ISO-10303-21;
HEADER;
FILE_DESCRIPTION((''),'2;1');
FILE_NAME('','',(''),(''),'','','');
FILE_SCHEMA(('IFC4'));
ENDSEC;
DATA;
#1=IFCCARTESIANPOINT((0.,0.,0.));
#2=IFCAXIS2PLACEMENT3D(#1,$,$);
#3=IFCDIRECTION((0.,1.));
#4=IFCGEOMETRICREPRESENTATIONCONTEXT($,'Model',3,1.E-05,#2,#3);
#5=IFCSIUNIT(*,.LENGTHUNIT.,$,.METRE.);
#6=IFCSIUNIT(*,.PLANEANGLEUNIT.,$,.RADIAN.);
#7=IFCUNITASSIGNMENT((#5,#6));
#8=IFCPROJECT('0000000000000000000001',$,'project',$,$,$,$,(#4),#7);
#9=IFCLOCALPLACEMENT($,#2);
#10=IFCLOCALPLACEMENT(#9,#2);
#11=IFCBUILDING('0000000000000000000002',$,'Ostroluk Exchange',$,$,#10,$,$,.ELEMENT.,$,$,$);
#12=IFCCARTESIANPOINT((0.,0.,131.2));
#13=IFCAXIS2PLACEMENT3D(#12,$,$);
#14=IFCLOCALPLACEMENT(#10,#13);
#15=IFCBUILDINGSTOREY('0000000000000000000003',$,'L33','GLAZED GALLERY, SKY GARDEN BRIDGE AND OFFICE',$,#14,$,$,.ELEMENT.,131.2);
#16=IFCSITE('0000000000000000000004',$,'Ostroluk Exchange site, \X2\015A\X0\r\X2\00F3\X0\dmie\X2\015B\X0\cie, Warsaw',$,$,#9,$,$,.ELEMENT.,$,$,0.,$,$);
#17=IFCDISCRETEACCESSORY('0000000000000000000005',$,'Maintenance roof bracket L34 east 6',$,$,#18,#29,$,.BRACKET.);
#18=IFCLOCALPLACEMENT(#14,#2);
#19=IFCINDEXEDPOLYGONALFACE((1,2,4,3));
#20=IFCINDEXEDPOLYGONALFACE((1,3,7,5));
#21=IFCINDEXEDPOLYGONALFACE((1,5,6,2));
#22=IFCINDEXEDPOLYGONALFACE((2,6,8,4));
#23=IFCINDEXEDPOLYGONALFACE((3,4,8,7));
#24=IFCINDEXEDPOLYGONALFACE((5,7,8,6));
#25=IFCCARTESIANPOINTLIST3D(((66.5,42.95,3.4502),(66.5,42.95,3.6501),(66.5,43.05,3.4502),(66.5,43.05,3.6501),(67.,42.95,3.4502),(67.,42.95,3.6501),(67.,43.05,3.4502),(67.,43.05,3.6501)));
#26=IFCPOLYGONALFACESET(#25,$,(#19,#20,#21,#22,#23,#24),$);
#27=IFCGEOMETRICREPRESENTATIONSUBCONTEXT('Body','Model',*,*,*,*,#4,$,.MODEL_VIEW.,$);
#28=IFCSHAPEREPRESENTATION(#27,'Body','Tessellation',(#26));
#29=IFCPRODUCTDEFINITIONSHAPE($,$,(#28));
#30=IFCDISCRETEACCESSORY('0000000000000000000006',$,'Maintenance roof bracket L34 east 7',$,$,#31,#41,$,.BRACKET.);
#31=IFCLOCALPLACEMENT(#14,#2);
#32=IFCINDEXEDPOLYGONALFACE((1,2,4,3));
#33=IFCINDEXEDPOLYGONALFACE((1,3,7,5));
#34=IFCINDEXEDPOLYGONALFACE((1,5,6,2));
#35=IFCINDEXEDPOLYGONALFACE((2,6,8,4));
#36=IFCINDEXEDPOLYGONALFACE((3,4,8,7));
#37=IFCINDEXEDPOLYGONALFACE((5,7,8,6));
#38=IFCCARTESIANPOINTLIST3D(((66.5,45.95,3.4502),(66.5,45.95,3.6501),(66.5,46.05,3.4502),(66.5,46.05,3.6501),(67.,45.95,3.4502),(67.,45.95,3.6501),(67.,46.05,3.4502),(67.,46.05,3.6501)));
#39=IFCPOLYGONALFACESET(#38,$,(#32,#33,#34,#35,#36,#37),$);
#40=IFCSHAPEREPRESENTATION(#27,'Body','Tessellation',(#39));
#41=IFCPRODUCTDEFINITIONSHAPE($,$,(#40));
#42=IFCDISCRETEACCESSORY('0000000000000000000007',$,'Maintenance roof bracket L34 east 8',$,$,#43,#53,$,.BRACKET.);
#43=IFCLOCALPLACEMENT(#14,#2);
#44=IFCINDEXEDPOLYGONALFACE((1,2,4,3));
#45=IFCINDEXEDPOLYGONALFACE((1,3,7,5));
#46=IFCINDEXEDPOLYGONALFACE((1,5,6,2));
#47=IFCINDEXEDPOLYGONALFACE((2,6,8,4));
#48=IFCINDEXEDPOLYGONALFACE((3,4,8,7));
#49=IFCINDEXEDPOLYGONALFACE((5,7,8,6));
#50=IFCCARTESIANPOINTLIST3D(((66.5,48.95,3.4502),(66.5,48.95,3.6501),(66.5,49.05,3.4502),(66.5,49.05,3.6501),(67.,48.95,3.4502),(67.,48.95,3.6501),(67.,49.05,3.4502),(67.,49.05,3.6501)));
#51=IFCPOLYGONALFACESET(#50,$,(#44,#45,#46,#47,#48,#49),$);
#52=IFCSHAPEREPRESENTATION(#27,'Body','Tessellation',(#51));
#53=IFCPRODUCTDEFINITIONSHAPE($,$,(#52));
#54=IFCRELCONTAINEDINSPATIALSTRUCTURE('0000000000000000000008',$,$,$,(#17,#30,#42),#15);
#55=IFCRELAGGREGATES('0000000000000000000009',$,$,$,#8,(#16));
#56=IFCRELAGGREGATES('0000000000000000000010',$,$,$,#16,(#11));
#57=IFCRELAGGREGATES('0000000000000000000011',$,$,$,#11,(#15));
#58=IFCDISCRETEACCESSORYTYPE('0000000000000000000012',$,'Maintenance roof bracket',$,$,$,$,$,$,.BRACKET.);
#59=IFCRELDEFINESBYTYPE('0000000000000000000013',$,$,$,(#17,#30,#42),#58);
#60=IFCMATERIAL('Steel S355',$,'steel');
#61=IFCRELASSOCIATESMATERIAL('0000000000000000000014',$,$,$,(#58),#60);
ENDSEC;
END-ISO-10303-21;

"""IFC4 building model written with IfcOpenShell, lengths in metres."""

from ifc_helpers import new_model, si_unit, direction, frame, origin, origin_2d, place, context, subcontext, project, spatial, rectangle, extrude, material, type_object, element, save


model = new_model("IFC4")

# Units and contexts
model_context = context("Model", 3, precision=1e-05, world=origin(), true_north=direction((0.0, 1.0)))
body_context = subcontext(model_context, "Body", "Model", "MODEL_VIEW")
ifc_project = project(units=[si_unit("LENGTHUNIT", "METRE"), si_unit("PLANEANGLEUNIT", "RADIAN")], contexts=[model_context])

# Site, building, storey
site_placement = place(None, origin())
site = spatial("IfcSite", under=ifc_project, at=site_placement, Name="Ostroluk Exchange site, Śródmieście, Warsaw", CompositionType="ELEMENT", RefElevation=0.0)
building_placement = place(site_placement, origin())
building = spatial("IfcBuilding", under=site, at=building_placement, Name="Ostroluk Exchange", CompositionType="ELEMENT")
storey_placement = place(building_placement, frame((0.0, 0.0, 131.2)))
storey = spatial("IfcBuildingStorey", under=building, at=storey_placement, Name="L33", Description="GLAZED GALLERY, SKY GARDEN BRIDGE AND OFFICE", CompositionType="ELEMENT", Elevation=131.2)

# Discrete accessories
ifc_material_1 = material(Name="Steel S355", Category="steel")
discrete_accessory_type = type_object("IfcDiscreteAccessoryType", Name="Maintenance roof bracket", PredefinedType="BRACKET", material=ifc_material_1)
for number, where, z_axis, x_axis, name in (
    (1, (66.75, 43.0, 3.4502), (0.0, 0.0, 1.0), (1.0, 0.0, 0.0), "Maintenance roof bracket L34 east 6"),
    (2, (66.75, 46.0, 3.4502), (0.0, 0.0, 1.0), (1.0, 0.0, 0.0), "Maintenance roof bracket L34 east 7"),
    (3, (66.75, 49.0, 3.4502), (0.0, 0.0, 1.0), (1.0, 0.0, 0.0), "Maintenance roof bracket L34 east 8"),
):
    element("IfcDiscreteAccessory", number, at=place(storey_placement, frame(where, z_axis=z_axis, x_axis=x_axis)), inside=storey, type_object=discrete_accessory_type, Name=name, PredefinedType="BRACKET", context=body_context, shape_type="SweptSolid", body=[
        extrude(rectangle(XDim=0.5, YDim=0.1001, at=origin_2d()), origin(), (0.0, 0.0, 1.0), 0.2),
    ])

save(model, "model.ifc")
